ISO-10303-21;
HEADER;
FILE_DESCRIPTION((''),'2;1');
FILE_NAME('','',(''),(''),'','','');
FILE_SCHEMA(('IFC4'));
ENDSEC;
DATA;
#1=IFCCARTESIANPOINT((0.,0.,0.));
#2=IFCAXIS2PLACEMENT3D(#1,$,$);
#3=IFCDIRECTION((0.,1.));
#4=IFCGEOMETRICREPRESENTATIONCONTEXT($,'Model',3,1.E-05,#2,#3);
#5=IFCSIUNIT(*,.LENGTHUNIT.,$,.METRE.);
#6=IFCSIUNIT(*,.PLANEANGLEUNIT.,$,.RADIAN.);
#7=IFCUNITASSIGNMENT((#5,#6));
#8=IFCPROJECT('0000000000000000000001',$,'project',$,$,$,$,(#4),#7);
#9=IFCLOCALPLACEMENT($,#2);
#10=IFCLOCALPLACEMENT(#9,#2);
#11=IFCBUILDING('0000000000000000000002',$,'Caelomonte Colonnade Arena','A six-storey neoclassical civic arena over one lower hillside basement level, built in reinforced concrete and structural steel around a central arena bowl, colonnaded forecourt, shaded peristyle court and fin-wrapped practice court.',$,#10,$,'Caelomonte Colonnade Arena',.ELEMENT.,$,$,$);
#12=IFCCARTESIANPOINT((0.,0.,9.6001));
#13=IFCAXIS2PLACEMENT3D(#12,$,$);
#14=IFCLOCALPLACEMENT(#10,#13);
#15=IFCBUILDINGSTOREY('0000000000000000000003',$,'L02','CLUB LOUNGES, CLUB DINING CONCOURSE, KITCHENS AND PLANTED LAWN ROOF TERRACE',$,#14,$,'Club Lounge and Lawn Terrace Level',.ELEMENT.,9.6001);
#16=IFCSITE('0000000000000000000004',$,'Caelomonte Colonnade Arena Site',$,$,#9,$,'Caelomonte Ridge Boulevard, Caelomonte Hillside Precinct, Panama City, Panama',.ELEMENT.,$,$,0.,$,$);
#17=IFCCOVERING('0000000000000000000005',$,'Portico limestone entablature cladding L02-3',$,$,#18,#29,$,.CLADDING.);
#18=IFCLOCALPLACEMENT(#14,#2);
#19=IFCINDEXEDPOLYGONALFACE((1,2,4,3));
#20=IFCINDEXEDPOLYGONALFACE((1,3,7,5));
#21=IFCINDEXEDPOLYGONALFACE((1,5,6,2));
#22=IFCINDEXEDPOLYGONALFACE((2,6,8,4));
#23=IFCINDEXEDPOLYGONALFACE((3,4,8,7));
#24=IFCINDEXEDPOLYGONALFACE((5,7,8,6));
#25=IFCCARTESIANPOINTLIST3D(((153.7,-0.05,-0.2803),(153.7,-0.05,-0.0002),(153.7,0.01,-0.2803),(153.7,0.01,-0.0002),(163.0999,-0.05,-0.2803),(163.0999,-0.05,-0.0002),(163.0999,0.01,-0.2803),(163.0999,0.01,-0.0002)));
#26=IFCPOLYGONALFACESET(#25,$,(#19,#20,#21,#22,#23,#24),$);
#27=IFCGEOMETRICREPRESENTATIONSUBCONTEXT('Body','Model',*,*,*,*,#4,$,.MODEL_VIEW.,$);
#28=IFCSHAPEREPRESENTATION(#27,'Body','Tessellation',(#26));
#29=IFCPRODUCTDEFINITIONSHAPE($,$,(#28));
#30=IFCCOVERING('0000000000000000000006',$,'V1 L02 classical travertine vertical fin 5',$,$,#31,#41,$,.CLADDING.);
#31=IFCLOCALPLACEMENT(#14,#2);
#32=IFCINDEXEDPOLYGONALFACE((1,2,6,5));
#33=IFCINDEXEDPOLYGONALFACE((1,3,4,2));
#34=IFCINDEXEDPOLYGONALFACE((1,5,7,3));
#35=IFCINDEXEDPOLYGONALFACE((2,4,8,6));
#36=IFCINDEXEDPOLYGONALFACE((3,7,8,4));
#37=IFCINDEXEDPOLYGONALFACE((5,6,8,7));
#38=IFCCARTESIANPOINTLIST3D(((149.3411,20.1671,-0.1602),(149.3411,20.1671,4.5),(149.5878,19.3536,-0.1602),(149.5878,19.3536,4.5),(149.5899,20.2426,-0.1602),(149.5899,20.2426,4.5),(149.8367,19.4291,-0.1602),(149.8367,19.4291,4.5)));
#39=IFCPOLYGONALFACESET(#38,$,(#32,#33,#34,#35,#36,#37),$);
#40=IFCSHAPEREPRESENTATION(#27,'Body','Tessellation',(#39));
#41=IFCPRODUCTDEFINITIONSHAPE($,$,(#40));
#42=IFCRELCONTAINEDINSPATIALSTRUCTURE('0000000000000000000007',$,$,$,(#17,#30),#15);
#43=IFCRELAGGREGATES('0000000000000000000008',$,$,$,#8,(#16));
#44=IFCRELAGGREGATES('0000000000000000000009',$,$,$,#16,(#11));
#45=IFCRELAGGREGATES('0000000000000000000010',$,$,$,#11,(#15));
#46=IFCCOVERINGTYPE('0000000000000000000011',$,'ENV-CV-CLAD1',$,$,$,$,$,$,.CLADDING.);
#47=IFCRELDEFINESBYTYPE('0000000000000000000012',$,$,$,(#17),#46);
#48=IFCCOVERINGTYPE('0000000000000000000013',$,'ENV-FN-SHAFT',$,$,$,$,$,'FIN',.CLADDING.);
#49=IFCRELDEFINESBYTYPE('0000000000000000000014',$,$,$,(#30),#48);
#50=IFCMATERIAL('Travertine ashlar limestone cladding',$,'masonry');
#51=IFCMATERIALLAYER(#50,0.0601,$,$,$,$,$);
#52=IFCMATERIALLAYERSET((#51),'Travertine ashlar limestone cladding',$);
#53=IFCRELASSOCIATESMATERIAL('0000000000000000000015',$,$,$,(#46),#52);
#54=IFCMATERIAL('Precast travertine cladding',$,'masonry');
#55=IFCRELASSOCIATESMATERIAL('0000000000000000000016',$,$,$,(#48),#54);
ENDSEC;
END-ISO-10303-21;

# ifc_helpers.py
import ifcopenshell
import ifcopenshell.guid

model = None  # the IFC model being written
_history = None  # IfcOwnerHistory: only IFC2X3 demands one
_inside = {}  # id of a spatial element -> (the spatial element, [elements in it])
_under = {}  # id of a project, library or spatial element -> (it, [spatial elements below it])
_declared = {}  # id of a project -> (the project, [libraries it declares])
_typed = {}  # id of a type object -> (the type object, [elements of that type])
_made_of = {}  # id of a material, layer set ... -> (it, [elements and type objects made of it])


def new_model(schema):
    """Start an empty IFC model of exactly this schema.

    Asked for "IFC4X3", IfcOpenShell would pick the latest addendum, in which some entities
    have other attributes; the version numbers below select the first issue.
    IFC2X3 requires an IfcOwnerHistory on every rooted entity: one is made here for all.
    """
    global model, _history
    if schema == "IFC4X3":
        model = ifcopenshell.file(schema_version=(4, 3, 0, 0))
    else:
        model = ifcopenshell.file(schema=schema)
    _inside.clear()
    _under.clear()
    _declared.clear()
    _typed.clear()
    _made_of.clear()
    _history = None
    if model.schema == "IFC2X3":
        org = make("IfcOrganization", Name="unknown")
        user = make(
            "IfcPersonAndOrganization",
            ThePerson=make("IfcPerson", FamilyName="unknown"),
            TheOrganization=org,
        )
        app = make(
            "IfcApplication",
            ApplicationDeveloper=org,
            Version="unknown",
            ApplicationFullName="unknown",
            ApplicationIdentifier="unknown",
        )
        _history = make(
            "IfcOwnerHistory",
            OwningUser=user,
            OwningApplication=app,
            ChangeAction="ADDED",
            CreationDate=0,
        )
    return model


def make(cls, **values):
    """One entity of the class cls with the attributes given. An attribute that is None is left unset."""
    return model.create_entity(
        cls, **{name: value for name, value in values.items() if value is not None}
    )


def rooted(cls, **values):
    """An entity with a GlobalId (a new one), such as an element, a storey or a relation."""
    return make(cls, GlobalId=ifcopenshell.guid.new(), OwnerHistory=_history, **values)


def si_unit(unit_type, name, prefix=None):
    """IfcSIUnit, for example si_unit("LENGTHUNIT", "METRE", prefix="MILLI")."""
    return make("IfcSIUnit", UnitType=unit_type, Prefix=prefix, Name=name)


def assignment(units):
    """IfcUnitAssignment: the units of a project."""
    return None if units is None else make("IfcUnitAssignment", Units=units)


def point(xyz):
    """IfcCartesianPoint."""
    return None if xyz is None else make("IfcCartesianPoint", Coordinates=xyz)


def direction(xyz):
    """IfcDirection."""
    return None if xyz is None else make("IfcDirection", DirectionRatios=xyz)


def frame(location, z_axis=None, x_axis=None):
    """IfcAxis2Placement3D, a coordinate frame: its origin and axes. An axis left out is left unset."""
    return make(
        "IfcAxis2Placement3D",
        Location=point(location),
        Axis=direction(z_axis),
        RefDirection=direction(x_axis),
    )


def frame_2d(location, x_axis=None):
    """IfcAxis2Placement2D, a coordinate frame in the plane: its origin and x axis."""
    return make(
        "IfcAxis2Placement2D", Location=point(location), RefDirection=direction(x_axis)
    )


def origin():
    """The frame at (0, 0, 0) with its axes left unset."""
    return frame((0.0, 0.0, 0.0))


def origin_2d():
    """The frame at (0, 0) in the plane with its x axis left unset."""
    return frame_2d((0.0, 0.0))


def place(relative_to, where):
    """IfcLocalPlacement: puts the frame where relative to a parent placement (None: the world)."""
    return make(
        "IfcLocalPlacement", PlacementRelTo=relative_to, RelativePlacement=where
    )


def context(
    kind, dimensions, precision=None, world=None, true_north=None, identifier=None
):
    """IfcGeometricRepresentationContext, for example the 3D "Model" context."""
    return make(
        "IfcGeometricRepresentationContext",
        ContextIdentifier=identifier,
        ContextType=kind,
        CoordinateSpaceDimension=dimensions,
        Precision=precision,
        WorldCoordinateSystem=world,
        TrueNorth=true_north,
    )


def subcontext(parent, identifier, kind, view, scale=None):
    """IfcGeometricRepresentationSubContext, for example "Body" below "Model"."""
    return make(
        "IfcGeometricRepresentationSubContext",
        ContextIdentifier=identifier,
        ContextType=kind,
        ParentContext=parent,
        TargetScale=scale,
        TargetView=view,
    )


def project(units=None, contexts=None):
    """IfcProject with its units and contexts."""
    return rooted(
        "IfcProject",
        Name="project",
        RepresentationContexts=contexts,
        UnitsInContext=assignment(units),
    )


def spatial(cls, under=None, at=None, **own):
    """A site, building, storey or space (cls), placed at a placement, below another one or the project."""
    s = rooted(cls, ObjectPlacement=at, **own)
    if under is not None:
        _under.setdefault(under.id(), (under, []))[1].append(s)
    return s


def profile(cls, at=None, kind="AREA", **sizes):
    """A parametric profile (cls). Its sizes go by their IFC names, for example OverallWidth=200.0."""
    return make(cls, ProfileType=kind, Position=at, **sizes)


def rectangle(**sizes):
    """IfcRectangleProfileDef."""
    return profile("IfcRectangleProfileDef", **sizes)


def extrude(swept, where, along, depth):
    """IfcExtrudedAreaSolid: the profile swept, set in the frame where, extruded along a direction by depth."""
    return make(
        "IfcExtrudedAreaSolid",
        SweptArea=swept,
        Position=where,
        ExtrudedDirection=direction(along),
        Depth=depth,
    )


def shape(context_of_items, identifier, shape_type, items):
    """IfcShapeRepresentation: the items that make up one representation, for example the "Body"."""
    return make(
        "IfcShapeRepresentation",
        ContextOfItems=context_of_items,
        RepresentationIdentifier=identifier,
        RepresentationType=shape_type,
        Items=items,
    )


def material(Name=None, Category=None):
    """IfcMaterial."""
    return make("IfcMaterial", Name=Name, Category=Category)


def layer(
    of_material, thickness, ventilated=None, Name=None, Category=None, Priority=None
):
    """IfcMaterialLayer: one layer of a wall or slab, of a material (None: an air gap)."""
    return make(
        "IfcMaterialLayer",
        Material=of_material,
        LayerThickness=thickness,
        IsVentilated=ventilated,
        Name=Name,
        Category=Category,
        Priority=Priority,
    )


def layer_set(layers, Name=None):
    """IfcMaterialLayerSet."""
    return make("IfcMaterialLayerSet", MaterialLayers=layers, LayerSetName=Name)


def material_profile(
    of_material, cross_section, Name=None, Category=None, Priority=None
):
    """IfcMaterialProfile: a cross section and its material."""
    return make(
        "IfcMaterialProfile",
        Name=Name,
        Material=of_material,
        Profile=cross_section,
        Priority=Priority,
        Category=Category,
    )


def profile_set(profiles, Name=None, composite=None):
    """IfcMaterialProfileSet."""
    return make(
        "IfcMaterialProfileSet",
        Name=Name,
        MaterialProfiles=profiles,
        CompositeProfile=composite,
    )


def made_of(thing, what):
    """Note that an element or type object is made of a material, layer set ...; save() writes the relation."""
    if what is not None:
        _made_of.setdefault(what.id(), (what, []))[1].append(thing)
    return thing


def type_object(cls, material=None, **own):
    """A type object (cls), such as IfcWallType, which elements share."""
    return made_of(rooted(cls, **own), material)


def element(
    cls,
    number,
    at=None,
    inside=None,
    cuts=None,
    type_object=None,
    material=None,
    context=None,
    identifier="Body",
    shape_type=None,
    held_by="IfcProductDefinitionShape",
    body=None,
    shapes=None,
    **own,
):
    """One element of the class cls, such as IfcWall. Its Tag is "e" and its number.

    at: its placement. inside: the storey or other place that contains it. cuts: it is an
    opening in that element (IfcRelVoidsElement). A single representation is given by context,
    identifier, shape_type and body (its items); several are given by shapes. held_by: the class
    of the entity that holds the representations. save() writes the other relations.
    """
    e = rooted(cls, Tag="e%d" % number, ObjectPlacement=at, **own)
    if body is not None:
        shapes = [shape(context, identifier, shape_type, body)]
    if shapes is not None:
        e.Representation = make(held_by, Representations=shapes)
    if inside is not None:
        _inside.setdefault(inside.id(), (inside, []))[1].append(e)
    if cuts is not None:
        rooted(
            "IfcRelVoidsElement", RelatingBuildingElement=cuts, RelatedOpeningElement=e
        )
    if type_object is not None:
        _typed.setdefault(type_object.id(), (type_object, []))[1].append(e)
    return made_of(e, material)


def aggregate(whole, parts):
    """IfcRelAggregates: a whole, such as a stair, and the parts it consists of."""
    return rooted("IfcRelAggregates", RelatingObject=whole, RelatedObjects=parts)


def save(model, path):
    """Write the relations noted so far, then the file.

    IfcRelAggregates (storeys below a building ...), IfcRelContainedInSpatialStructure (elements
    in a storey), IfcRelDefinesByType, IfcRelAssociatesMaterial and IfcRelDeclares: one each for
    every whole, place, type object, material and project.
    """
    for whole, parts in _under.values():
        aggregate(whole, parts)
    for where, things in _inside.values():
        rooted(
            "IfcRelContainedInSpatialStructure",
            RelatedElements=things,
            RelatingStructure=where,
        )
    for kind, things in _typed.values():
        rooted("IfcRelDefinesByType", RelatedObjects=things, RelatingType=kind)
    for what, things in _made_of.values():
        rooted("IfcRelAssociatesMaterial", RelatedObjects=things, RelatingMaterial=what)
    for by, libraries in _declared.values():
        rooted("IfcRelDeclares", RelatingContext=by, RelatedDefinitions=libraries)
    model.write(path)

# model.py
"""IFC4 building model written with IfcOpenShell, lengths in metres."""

from ifc_helpers import new_model, si_unit, direction, frame, origin, origin_2d, place, context, subcontext, project, spatial, rectangle, extrude, material, layer, layer_set, material_profile, profile_set, type_object, element, save


model = new_model("IFC4")

# Units and contexts
model_context = context("Model", 3, precision=1e-05, world=origin(), true_north=direction((0.0, 1.0)))
body_context = subcontext(model_context, "Body", "Model", "MODEL_VIEW")
ifc_project = project(units=[si_unit("LENGTHUNIT", "METRE"), si_unit("PLANEANGLEUNIT", "RADIAN")], contexts=[model_context])

# Site, building, storey
site_placement = place(None, origin())
site = spatial("IfcSite", under=ifc_project, at=site_placement, Name="Caelomonte Colonnade Arena Site", LongName="Caelomonte Ridge Boulevard, Caelomonte Hillside Precinct, Panama City, Panama", CompositionType="ELEMENT", RefElevation=0.0)
building_placement = place(site_placement, origin())
building = spatial("IfcBuilding", under=site, at=building_placement, Name="Caelomonte Colonnade Arena", Description="A six-storey neoclassical civic arena over one lower hillside basement level, built in reinforced concrete and structural steel around a central arena bowl, colonnaded forecourt, shaded peristyle court and fin-wrapped practice court.", LongName="Caelomonte Colonnade Arena", CompositionType="ELEMENT")
storey_placement = place(building_placement, frame((0.0, 0.0, 9.6001)))
storey = spatial("IfcBuildingStorey", under=building, at=storey_placement, Name="L02", Description="CLUB LOUNGES, CLUB DINING CONCOURSE, KITCHENS AND PLANTED LAWN ROOF TERRACE", LongName="Club Lounge and Lawn Terrace Level", CompositionType="ELEMENT", Elevation=9.6001)

# Coverings
ifc_material_1 = material(Name="Travertine ashlar limestone cladding", Category="masonry")
ifc_layer_1 = layer(ifc_material_1, 0.0601)
ifc_layer_set_1 = layer_set([ifc_layer_1], Name="Travertine ashlar limestone cladding")
covering_type_1 = type_object("IfcCoveringType", Name="ENV-CV-CLAD1", PredefinedType="CLADDING", material=ifc_layer_set_1)
covering_1_placement = place(storey_placement, frame((158.3999, -0.02, -0.2803), z_axis=(0.0, 0.0, 1.0), x_axis=(1.0, 0.0, 0.0)))
element("IfcCovering", 1, at=covering_1_placement, inside=storey, type_object=covering_type_1, Name="Portico limestone entablature cladding L02-3", PredefinedType="CLADDING", context=body_context, shape_type="SweptSolid", body=[
    extrude(rectangle(XDim=9.3999, YDim=0.0601, at=origin_2d()), origin(), (0.0, 0.0, 1.0), 0.28),
])
ifc_material_2 = material(Name="Precast travertine cladding", Category="masonry")
ifc_material_profile_1 = material_profile(ifc_material_2, rectangle(XDim=0.26, YDim=0.8501, at=origin_2d()), Name="FIN260X850")
ifc_profile_set_1 = profile_set([ifc_material_profile_1], Name="Precast travertine cladding")
covering_type_2 = type_object("IfcCoveringType", Name="ENV-FN-SHAFT", ElementType="FIN", PredefinedType="CLADDING", material=ifc_profile_set_1)
covering_2_placement = place(storey_placement, frame((149.5889, 19.7981, -0.1602), z_axis=(0.0, 0.0, 1.0), x_axis=(-0.956943, -0.290276, 0.0)))
element("IfcCovering", 2, at=covering_2_placement, inside=storey, type_object=covering_type_2, Name="V1 L02 classical travertine vertical fin 5", PredefinedType="CLADDING", context=body_context, shape_type="SweptSolid", body=[
    extrude(rectangle(XDim=0.26, YDim=0.8501, at=origin_2d()), origin(), (0.0, 0.0, 1.0), 4.6602),
])

save(model, "model.ifc")
